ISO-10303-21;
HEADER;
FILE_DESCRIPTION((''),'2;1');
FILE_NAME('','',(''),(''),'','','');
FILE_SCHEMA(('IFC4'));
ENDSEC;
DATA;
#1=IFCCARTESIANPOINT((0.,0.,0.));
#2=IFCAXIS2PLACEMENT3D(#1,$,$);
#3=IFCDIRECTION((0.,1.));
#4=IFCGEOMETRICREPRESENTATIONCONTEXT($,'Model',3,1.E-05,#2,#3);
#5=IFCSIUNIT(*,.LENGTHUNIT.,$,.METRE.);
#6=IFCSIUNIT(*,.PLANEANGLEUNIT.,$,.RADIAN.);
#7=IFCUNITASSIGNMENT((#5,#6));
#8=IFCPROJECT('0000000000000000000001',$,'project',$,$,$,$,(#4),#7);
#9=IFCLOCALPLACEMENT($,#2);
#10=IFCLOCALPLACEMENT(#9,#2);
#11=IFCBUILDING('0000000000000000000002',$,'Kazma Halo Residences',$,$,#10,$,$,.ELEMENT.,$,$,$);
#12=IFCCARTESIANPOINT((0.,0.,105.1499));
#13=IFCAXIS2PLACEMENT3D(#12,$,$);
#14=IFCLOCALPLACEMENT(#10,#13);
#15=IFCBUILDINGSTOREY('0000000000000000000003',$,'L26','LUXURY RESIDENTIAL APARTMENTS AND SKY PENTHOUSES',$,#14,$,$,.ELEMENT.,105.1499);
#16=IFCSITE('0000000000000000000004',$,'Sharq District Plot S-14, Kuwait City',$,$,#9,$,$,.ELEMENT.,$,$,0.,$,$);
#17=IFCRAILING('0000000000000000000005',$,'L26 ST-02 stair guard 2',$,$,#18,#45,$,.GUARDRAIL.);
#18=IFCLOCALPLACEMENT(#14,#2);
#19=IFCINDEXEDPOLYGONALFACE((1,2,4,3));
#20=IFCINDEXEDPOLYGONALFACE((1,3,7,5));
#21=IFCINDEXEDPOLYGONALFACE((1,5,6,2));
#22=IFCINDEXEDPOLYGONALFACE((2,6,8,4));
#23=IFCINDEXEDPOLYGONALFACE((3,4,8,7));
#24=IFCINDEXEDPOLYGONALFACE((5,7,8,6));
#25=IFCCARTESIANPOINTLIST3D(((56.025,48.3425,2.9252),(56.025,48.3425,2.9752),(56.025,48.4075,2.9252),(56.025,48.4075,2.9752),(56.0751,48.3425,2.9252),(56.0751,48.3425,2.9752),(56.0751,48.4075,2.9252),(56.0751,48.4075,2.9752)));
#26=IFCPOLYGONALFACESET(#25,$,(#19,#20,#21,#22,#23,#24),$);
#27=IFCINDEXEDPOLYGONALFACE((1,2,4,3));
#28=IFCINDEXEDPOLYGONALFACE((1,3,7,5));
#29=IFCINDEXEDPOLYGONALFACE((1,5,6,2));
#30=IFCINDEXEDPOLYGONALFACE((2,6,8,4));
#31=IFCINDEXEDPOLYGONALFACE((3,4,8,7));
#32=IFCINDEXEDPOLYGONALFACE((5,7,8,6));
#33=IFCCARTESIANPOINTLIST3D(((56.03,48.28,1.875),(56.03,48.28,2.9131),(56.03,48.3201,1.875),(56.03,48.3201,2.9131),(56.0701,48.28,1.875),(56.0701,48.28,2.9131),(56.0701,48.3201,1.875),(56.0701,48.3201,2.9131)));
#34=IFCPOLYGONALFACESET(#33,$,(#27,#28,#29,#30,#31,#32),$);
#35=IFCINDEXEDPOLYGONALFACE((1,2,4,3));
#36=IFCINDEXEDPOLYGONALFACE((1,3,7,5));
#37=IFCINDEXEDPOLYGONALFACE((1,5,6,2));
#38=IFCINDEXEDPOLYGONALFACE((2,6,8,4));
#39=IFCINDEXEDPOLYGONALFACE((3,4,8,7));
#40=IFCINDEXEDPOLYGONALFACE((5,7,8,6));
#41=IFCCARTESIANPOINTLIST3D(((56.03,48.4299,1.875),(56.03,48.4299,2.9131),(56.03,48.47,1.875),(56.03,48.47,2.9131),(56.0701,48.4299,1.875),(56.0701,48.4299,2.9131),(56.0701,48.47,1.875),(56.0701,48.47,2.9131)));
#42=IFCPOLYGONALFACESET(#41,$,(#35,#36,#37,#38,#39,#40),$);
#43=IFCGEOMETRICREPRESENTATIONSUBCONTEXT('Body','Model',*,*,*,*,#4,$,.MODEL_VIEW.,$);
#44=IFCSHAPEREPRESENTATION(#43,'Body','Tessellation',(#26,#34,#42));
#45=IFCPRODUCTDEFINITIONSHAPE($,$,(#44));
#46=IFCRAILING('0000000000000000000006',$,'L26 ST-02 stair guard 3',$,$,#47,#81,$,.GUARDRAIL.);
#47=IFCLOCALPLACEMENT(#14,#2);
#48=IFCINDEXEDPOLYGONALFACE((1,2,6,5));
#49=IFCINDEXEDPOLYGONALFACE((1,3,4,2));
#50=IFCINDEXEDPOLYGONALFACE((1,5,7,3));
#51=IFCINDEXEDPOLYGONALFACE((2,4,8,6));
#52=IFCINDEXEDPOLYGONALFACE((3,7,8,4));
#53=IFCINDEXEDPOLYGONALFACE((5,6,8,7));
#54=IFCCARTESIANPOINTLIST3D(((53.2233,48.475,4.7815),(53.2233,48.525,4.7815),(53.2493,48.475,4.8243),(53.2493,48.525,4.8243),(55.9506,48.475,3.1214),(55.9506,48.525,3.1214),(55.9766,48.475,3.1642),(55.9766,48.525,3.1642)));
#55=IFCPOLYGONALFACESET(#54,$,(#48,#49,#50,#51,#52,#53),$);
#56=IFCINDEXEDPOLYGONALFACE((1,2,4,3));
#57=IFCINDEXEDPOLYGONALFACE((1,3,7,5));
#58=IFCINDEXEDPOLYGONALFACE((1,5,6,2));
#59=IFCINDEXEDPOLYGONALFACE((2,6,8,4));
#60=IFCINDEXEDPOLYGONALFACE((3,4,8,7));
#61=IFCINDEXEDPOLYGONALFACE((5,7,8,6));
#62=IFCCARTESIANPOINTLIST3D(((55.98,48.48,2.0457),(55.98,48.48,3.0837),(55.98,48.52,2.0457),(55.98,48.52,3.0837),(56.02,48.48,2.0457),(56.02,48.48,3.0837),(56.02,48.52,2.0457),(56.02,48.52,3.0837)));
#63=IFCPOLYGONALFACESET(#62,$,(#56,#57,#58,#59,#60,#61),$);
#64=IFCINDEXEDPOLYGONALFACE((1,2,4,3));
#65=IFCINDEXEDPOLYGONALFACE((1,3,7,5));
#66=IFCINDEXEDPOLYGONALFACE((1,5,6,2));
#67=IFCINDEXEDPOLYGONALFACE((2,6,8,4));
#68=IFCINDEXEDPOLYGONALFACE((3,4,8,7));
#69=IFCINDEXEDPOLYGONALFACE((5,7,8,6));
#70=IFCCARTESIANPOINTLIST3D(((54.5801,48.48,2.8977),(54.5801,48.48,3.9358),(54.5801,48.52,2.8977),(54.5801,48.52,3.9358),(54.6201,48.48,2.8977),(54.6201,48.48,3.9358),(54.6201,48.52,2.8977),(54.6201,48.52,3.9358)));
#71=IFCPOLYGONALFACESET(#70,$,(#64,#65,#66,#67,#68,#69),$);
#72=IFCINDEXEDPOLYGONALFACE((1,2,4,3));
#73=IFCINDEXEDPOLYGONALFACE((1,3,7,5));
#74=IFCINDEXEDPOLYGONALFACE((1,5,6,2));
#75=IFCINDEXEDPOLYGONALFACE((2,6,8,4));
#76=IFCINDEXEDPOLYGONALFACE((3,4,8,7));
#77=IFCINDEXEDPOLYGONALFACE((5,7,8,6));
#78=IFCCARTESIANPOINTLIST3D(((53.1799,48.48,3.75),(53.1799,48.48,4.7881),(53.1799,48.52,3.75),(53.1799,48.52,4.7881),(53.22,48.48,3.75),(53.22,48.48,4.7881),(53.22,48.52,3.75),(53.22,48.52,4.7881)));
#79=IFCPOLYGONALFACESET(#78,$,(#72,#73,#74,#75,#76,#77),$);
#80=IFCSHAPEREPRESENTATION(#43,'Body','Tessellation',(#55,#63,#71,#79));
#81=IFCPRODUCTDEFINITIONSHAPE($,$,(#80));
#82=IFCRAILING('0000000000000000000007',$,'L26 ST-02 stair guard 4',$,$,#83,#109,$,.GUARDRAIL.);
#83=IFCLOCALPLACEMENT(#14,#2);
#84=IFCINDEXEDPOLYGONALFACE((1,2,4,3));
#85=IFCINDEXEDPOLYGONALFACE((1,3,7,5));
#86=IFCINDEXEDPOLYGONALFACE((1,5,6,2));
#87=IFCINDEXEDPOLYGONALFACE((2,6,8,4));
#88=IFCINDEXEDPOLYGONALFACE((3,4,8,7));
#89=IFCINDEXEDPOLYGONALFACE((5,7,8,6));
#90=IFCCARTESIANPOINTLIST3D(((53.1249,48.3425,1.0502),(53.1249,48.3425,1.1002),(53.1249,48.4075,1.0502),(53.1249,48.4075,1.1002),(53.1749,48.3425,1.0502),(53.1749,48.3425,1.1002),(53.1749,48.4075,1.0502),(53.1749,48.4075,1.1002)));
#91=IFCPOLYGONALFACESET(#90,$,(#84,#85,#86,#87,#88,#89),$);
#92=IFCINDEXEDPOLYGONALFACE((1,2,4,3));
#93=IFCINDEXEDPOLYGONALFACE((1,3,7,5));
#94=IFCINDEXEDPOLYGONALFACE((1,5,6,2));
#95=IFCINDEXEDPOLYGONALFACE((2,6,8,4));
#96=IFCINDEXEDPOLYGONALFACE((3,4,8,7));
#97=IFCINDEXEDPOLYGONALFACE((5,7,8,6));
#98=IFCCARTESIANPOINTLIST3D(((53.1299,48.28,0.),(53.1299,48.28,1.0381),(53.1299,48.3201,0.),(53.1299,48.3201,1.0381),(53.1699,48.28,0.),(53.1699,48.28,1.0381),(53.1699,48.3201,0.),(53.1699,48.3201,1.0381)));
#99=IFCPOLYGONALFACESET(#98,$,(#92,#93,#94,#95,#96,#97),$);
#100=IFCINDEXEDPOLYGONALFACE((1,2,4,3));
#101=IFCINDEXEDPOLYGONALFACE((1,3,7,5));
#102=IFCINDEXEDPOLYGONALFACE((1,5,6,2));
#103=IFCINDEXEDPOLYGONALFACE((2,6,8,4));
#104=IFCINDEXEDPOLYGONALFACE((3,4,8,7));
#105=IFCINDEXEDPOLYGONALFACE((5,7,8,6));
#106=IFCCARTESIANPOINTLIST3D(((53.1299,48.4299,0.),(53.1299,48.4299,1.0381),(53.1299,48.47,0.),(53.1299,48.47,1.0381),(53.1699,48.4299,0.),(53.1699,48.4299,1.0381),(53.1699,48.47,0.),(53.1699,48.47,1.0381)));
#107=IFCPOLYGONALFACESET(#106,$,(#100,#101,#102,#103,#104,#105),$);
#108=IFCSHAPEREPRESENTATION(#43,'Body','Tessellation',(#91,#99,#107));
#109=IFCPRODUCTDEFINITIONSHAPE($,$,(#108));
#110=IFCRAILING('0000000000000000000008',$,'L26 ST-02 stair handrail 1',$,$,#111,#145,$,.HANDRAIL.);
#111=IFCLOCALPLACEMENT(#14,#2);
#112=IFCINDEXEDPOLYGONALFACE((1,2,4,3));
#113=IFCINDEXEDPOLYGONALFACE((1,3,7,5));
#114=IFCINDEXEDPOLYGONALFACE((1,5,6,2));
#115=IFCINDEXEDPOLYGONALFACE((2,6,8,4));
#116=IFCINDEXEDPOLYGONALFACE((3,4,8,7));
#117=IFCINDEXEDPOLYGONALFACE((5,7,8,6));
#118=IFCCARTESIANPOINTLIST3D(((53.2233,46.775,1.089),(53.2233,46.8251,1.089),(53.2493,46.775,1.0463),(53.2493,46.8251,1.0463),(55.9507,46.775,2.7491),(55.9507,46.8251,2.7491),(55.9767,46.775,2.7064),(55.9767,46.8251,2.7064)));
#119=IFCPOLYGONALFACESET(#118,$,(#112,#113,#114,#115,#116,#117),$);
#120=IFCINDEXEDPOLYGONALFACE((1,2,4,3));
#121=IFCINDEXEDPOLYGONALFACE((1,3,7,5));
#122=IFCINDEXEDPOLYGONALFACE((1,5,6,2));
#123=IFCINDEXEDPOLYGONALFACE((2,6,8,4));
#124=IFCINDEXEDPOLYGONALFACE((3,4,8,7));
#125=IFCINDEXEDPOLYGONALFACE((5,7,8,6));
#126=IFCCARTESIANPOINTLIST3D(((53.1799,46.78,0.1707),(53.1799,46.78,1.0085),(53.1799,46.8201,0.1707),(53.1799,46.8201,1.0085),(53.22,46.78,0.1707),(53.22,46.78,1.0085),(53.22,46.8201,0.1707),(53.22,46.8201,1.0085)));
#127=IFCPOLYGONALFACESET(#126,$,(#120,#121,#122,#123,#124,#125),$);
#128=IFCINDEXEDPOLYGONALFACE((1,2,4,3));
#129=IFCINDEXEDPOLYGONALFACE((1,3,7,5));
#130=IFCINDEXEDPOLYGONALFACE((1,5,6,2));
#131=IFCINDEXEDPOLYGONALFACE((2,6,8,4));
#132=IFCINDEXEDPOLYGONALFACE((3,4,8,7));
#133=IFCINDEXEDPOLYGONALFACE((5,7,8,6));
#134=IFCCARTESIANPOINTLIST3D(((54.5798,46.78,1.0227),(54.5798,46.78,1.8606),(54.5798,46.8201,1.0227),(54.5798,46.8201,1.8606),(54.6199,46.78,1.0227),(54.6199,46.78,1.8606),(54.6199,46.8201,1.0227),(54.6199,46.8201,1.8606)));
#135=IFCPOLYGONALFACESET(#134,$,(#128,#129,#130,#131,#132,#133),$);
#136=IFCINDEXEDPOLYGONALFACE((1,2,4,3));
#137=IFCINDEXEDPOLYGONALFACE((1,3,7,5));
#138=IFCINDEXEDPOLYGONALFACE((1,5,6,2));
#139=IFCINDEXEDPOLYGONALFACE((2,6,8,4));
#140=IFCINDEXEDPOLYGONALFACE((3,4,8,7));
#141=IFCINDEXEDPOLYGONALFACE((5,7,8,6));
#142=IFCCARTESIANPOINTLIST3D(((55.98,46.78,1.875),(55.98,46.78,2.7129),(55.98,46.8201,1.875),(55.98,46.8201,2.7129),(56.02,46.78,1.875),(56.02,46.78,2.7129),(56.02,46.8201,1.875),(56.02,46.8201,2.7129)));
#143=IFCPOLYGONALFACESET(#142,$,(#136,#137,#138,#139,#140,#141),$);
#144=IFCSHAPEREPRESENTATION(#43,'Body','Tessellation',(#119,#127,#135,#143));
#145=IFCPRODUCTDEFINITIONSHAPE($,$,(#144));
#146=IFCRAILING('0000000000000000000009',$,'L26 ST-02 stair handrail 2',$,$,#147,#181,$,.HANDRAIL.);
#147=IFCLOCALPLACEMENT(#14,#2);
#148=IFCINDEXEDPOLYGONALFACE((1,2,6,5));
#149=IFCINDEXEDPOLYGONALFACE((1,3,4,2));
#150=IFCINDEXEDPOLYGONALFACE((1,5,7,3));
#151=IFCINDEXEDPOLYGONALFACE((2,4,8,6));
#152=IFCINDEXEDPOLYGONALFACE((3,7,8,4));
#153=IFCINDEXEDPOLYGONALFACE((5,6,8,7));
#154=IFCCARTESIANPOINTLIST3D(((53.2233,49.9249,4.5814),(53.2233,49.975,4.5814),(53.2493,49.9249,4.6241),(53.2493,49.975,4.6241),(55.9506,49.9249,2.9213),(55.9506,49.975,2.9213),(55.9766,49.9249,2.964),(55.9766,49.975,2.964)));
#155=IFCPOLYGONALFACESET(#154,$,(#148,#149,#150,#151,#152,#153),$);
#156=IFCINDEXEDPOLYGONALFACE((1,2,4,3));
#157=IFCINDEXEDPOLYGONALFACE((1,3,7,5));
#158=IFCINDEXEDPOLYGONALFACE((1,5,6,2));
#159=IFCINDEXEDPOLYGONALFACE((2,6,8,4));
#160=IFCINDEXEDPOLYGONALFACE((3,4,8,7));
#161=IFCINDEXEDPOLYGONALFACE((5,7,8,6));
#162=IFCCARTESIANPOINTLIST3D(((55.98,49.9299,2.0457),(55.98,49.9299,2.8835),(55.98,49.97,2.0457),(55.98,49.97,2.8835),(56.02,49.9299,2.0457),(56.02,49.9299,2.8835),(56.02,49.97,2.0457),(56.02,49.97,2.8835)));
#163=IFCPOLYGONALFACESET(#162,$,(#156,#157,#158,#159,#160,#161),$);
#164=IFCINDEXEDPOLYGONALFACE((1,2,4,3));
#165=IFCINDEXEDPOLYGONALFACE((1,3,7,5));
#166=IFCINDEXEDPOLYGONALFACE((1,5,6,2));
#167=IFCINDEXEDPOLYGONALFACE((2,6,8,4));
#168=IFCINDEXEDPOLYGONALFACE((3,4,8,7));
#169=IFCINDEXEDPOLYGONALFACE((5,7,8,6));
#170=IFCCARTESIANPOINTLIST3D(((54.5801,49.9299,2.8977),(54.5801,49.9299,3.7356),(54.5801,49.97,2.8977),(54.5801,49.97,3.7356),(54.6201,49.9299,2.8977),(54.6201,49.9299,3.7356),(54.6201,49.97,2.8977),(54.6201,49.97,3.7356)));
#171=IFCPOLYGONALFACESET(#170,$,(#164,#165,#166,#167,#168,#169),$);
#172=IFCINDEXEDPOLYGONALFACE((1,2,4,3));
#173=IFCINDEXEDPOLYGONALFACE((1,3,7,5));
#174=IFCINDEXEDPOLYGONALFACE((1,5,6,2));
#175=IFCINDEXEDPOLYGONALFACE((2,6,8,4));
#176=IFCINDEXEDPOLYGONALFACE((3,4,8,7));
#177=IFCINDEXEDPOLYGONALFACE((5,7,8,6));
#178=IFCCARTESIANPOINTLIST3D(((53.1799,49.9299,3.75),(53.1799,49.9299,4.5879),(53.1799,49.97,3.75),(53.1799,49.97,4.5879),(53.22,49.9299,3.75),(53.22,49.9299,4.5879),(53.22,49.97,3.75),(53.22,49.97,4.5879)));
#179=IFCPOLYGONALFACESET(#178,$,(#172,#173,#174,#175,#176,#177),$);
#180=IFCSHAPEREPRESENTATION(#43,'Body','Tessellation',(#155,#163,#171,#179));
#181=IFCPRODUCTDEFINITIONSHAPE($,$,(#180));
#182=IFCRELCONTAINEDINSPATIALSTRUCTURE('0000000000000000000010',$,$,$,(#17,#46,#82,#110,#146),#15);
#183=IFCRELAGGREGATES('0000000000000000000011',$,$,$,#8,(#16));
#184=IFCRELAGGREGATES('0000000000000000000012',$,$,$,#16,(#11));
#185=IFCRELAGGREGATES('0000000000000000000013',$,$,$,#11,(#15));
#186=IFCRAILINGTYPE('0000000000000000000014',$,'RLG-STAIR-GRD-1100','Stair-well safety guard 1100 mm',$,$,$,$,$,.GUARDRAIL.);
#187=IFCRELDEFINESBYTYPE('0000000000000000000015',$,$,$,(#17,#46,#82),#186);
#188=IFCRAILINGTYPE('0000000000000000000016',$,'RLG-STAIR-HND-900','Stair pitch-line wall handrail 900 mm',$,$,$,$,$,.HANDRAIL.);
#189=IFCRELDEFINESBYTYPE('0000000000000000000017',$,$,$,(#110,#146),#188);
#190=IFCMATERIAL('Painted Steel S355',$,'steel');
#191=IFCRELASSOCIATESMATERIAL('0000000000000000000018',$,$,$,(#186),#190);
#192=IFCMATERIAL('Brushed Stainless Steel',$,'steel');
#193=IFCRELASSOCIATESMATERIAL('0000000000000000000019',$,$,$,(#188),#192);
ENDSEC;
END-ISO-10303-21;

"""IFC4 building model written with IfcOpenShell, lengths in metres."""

from ifc_helpers import new_model, si_unit, direction, frame, origin, origin_2d, place, context, subcontext, project, spatial, rectangle, extrude, material, type_object, element, save


model = new_model("IFC4")

# Units and contexts
model_context = context("Model", 3, precision=1e-05, world=origin(), true_north=direction((0.0, 1.0)))
body_context = subcontext(model_context, "Body", "Model", "MODEL_VIEW")
ifc_project = project(units=[si_unit("LENGTHUNIT", "METRE"), si_unit("PLANEANGLEUNIT", "RADIAN")], contexts=[model_context])

# Site, building, storey
site_placement = place(None, origin())
site = spatial("IfcSite", under=ifc_project, at=site_placement, Name="Sharq District Plot S-14, Kuwait City", CompositionType="ELEMENT", RefElevation=0.0)
building_placement = place(site_placement, origin())
building = spatial("IfcBuilding", under=site, at=building_placement, Name="Kazma Halo Residences", CompositionType="ELEMENT")
storey_placement = place(building_placement, frame((0.0, 0.0, 105.1499)))
storey = spatial("IfcBuildingStorey", under=building, at=storey_placement, Name="L26", Description="LUXURY RESIDENTIAL APARTMENTS AND SKY PENTHOUSES", CompositionType="ELEMENT", Elevation=105.1499)

# Railings
ifc_material_1 = material(Name="Painted Steel S355", Category="steel")
railing_type_1 = type_object("IfcRailingType", Name="RLG-STAIR-GRD-1100", Description="Stair-well safety guard 1100 mm", PredefinedType="GUARDRAIL", material=ifc_material_1)
railing_1_placement = place(storey_placement, frame((56.05, 48.3, 1.875)))
element("IfcRailing", 1, at=railing_1_placement, inside=storey, type_object=railing_type_1, Name="L26 ST-02 stair guard 2", PredefinedType="GUARDRAIL", context=body_context, shape_type="SweptSolid", body=[
    extrude(rectangle(XDim=0.05, YDim=0.05, at=origin_2d()), frame((0.0, 0.0425, 1.0752), z_axis=(0.0, 1.0, 0.0), x_axis=(-1.0, 0.0, 0.0)), (0.0, 0.0, 1.0), 0.0649),
    extrude(rectangle(XDim=0.04, YDim=0.04, at=origin_2d()), origin(), (0.0, 0.0, 1.0), 1.0381),
    extrude(rectangle(XDim=0.04, YDim=0.04, at=origin_2d()), frame((0.0, 0.1499, 0.0)), (0.0, 0.0, 1.0), 1.0381),
])
railing_2_placement = place(storey_placement, frame((56.0, 48.5, 2.0457)))
element("IfcRailing", 2, at=railing_2_placement, inside=storey, type_object=railing_type_1, Name="L26 ST-02 stair guard 3", PredefinedType="GUARDRAIL", context=body_context, shape_type="SweptSolid", body=[
    extrude(rectangle(XDim=0.05, YDim=0.05, at=origin_2d()), frame((-0.0364, 0.0, 1.0972), z_axis=(-0.854203, 0.0, 0.51994), x_axis=(0.0, -1.0, 0.0)), (0.0, 0.0, 1.0), 3.1929),
    extrude(rectangle(XDim=0.04, YDim=0.04, at=origin_2d()), origin(), (0.0, 0.0, 1.0), 1.0381),
    extrude(rectangle(XDim=0.04, YDim=0.04, at=origin_2d()), frame((-1.3999, 0.0, 0.8521)), (0.0, 0.0, 1.0), 1.0381),
    extrude(rectangle(XDim=0.04, YDim=0.04, at=origin_2d()), frame((-2.8, 0.0, 1.7043)), (0.0, 0.0, 1.0), 1.0381),
])
railing_3_placement = place(storey_placement, frame((53.1499, 48.3, 0.0)))
element("IfcRailing", 3, at=railing_3_placement, inside=storey, type_object=railing_type_1, Name="L26 ST-02 stair guard 4", PredefinedType="GUARDRAIL", context=body_context, shape_type="SweptSolid", body=[
    extrude(rectangle(XDim=0.05, YDim=0.05, at=origin_2d()), frame((0.0, 0.0425, 1.0752), z_axis=(0.0, 1.0, 0.0), x_axis=(-1.0, 0.0, 0.0)), (0.0, 0.0, 1.0), 0.0649),
    extrude(rectangle(XDim=0.04, YDim=0.04, at=origin_2d()), origin(), (0.0, 0.0, 1.0), 1.0381),
    extrude(rectangle(XDim=0.04, YDim=0.04, at=origin_2d()), frame((0.0, 0.1499, 0.0)), (0.0, 0.0, 1.0), 1.0381),
])
ifc_material_2 = material(Name="Brushed Stainless Steel", Category="steel")
railing_type_2 = type_object("IfcRailingType", Name="RLG-STAIR-HND-900", Description="Stair pitch-line wall handrail 900 mm", PredefinedType="HANDRAIL", material=ifc_material_2)
railing_4_placement = place(storey_placement, frame((53.2, 46.8, 0.1707)))
element("IfcRailing", 4, at=railing_4_placement, inside=storey, type_object=railing_type_2, Name="L26 ST-02 stair handrail 1", PredefinedType="HANDRAIL", context=body_context, shape_type="SweptSolid", body=[
    extrude(rectangle(XDim=0.05, YDim=0.05, at=origin_2d()), frame((0.0364, 0.0, 0.897), z_axis=(0.854203, 0.0, 0.51994), x_axis=(0.0, 1.0, 0.0)), (0.0, 0.0, 1.0), 3.1929),
    extrude(rectangle(XDim=0.04, YDim=0.04, at=origin_2d()), origin(), (0.0, 0.0, 1.0), 0.8379),
    extrude(rectangle(XDim=0.04, YDim=0.04, at=origin_2d()), frame((1.3999, 0.0, 0.8521)), (0.0, 0.0, 1.0), 0.8379),
    extrude(rectangle(XDim=0.04, YDim=0.04, at=origin_2d()), frame((2.8, 0.0, 1.7043)), (0.0, 0.0, 1.0), 0.8379),
])
railing_5_placement = place(storey_placement, frame((56.0, 49.95, 2.0457)))
element("IfcRailing", 5, at=railing_5_placement, inside=storey, type_object=railing_type_2, Name="L26 ST-02 stair handrail 2", PredefinedType="HANDRAIL", context=body_context, shape_type="SweptSolid", body=[
    extrude(rectangle(XDim=0.05, YDim=0.05, at=origin_2d()), frame((-0.0364, 0.0, 0.897), z_axis=(-0.854203, 0.0, 0.51994), x_axis=(0.0, -1.0, 0.0)), (0.0, 0.0, 1.0), 3.1929),
    extrude(rectangle(XDim=0.04, YDim=0.04, at=origin_2d()), origin(), (0.0, 0.0, 1.0), 0.8379),
    extrude(rectangle(XDim=0.04, YDim=0.04, at=origin_2d()), frame((-1.3999, 0.0, 0.8521)), (0.0, 0.0, 1.0), 0.8379),
    extrude(rectangle(XDim=0.04, YDim=0.04, at=origin_2d()), frame((-2.8, 0.0, 1.7043)), (0.0, 0.0, 1.0), 0.8379),
])

save(model, "model.ifc")
